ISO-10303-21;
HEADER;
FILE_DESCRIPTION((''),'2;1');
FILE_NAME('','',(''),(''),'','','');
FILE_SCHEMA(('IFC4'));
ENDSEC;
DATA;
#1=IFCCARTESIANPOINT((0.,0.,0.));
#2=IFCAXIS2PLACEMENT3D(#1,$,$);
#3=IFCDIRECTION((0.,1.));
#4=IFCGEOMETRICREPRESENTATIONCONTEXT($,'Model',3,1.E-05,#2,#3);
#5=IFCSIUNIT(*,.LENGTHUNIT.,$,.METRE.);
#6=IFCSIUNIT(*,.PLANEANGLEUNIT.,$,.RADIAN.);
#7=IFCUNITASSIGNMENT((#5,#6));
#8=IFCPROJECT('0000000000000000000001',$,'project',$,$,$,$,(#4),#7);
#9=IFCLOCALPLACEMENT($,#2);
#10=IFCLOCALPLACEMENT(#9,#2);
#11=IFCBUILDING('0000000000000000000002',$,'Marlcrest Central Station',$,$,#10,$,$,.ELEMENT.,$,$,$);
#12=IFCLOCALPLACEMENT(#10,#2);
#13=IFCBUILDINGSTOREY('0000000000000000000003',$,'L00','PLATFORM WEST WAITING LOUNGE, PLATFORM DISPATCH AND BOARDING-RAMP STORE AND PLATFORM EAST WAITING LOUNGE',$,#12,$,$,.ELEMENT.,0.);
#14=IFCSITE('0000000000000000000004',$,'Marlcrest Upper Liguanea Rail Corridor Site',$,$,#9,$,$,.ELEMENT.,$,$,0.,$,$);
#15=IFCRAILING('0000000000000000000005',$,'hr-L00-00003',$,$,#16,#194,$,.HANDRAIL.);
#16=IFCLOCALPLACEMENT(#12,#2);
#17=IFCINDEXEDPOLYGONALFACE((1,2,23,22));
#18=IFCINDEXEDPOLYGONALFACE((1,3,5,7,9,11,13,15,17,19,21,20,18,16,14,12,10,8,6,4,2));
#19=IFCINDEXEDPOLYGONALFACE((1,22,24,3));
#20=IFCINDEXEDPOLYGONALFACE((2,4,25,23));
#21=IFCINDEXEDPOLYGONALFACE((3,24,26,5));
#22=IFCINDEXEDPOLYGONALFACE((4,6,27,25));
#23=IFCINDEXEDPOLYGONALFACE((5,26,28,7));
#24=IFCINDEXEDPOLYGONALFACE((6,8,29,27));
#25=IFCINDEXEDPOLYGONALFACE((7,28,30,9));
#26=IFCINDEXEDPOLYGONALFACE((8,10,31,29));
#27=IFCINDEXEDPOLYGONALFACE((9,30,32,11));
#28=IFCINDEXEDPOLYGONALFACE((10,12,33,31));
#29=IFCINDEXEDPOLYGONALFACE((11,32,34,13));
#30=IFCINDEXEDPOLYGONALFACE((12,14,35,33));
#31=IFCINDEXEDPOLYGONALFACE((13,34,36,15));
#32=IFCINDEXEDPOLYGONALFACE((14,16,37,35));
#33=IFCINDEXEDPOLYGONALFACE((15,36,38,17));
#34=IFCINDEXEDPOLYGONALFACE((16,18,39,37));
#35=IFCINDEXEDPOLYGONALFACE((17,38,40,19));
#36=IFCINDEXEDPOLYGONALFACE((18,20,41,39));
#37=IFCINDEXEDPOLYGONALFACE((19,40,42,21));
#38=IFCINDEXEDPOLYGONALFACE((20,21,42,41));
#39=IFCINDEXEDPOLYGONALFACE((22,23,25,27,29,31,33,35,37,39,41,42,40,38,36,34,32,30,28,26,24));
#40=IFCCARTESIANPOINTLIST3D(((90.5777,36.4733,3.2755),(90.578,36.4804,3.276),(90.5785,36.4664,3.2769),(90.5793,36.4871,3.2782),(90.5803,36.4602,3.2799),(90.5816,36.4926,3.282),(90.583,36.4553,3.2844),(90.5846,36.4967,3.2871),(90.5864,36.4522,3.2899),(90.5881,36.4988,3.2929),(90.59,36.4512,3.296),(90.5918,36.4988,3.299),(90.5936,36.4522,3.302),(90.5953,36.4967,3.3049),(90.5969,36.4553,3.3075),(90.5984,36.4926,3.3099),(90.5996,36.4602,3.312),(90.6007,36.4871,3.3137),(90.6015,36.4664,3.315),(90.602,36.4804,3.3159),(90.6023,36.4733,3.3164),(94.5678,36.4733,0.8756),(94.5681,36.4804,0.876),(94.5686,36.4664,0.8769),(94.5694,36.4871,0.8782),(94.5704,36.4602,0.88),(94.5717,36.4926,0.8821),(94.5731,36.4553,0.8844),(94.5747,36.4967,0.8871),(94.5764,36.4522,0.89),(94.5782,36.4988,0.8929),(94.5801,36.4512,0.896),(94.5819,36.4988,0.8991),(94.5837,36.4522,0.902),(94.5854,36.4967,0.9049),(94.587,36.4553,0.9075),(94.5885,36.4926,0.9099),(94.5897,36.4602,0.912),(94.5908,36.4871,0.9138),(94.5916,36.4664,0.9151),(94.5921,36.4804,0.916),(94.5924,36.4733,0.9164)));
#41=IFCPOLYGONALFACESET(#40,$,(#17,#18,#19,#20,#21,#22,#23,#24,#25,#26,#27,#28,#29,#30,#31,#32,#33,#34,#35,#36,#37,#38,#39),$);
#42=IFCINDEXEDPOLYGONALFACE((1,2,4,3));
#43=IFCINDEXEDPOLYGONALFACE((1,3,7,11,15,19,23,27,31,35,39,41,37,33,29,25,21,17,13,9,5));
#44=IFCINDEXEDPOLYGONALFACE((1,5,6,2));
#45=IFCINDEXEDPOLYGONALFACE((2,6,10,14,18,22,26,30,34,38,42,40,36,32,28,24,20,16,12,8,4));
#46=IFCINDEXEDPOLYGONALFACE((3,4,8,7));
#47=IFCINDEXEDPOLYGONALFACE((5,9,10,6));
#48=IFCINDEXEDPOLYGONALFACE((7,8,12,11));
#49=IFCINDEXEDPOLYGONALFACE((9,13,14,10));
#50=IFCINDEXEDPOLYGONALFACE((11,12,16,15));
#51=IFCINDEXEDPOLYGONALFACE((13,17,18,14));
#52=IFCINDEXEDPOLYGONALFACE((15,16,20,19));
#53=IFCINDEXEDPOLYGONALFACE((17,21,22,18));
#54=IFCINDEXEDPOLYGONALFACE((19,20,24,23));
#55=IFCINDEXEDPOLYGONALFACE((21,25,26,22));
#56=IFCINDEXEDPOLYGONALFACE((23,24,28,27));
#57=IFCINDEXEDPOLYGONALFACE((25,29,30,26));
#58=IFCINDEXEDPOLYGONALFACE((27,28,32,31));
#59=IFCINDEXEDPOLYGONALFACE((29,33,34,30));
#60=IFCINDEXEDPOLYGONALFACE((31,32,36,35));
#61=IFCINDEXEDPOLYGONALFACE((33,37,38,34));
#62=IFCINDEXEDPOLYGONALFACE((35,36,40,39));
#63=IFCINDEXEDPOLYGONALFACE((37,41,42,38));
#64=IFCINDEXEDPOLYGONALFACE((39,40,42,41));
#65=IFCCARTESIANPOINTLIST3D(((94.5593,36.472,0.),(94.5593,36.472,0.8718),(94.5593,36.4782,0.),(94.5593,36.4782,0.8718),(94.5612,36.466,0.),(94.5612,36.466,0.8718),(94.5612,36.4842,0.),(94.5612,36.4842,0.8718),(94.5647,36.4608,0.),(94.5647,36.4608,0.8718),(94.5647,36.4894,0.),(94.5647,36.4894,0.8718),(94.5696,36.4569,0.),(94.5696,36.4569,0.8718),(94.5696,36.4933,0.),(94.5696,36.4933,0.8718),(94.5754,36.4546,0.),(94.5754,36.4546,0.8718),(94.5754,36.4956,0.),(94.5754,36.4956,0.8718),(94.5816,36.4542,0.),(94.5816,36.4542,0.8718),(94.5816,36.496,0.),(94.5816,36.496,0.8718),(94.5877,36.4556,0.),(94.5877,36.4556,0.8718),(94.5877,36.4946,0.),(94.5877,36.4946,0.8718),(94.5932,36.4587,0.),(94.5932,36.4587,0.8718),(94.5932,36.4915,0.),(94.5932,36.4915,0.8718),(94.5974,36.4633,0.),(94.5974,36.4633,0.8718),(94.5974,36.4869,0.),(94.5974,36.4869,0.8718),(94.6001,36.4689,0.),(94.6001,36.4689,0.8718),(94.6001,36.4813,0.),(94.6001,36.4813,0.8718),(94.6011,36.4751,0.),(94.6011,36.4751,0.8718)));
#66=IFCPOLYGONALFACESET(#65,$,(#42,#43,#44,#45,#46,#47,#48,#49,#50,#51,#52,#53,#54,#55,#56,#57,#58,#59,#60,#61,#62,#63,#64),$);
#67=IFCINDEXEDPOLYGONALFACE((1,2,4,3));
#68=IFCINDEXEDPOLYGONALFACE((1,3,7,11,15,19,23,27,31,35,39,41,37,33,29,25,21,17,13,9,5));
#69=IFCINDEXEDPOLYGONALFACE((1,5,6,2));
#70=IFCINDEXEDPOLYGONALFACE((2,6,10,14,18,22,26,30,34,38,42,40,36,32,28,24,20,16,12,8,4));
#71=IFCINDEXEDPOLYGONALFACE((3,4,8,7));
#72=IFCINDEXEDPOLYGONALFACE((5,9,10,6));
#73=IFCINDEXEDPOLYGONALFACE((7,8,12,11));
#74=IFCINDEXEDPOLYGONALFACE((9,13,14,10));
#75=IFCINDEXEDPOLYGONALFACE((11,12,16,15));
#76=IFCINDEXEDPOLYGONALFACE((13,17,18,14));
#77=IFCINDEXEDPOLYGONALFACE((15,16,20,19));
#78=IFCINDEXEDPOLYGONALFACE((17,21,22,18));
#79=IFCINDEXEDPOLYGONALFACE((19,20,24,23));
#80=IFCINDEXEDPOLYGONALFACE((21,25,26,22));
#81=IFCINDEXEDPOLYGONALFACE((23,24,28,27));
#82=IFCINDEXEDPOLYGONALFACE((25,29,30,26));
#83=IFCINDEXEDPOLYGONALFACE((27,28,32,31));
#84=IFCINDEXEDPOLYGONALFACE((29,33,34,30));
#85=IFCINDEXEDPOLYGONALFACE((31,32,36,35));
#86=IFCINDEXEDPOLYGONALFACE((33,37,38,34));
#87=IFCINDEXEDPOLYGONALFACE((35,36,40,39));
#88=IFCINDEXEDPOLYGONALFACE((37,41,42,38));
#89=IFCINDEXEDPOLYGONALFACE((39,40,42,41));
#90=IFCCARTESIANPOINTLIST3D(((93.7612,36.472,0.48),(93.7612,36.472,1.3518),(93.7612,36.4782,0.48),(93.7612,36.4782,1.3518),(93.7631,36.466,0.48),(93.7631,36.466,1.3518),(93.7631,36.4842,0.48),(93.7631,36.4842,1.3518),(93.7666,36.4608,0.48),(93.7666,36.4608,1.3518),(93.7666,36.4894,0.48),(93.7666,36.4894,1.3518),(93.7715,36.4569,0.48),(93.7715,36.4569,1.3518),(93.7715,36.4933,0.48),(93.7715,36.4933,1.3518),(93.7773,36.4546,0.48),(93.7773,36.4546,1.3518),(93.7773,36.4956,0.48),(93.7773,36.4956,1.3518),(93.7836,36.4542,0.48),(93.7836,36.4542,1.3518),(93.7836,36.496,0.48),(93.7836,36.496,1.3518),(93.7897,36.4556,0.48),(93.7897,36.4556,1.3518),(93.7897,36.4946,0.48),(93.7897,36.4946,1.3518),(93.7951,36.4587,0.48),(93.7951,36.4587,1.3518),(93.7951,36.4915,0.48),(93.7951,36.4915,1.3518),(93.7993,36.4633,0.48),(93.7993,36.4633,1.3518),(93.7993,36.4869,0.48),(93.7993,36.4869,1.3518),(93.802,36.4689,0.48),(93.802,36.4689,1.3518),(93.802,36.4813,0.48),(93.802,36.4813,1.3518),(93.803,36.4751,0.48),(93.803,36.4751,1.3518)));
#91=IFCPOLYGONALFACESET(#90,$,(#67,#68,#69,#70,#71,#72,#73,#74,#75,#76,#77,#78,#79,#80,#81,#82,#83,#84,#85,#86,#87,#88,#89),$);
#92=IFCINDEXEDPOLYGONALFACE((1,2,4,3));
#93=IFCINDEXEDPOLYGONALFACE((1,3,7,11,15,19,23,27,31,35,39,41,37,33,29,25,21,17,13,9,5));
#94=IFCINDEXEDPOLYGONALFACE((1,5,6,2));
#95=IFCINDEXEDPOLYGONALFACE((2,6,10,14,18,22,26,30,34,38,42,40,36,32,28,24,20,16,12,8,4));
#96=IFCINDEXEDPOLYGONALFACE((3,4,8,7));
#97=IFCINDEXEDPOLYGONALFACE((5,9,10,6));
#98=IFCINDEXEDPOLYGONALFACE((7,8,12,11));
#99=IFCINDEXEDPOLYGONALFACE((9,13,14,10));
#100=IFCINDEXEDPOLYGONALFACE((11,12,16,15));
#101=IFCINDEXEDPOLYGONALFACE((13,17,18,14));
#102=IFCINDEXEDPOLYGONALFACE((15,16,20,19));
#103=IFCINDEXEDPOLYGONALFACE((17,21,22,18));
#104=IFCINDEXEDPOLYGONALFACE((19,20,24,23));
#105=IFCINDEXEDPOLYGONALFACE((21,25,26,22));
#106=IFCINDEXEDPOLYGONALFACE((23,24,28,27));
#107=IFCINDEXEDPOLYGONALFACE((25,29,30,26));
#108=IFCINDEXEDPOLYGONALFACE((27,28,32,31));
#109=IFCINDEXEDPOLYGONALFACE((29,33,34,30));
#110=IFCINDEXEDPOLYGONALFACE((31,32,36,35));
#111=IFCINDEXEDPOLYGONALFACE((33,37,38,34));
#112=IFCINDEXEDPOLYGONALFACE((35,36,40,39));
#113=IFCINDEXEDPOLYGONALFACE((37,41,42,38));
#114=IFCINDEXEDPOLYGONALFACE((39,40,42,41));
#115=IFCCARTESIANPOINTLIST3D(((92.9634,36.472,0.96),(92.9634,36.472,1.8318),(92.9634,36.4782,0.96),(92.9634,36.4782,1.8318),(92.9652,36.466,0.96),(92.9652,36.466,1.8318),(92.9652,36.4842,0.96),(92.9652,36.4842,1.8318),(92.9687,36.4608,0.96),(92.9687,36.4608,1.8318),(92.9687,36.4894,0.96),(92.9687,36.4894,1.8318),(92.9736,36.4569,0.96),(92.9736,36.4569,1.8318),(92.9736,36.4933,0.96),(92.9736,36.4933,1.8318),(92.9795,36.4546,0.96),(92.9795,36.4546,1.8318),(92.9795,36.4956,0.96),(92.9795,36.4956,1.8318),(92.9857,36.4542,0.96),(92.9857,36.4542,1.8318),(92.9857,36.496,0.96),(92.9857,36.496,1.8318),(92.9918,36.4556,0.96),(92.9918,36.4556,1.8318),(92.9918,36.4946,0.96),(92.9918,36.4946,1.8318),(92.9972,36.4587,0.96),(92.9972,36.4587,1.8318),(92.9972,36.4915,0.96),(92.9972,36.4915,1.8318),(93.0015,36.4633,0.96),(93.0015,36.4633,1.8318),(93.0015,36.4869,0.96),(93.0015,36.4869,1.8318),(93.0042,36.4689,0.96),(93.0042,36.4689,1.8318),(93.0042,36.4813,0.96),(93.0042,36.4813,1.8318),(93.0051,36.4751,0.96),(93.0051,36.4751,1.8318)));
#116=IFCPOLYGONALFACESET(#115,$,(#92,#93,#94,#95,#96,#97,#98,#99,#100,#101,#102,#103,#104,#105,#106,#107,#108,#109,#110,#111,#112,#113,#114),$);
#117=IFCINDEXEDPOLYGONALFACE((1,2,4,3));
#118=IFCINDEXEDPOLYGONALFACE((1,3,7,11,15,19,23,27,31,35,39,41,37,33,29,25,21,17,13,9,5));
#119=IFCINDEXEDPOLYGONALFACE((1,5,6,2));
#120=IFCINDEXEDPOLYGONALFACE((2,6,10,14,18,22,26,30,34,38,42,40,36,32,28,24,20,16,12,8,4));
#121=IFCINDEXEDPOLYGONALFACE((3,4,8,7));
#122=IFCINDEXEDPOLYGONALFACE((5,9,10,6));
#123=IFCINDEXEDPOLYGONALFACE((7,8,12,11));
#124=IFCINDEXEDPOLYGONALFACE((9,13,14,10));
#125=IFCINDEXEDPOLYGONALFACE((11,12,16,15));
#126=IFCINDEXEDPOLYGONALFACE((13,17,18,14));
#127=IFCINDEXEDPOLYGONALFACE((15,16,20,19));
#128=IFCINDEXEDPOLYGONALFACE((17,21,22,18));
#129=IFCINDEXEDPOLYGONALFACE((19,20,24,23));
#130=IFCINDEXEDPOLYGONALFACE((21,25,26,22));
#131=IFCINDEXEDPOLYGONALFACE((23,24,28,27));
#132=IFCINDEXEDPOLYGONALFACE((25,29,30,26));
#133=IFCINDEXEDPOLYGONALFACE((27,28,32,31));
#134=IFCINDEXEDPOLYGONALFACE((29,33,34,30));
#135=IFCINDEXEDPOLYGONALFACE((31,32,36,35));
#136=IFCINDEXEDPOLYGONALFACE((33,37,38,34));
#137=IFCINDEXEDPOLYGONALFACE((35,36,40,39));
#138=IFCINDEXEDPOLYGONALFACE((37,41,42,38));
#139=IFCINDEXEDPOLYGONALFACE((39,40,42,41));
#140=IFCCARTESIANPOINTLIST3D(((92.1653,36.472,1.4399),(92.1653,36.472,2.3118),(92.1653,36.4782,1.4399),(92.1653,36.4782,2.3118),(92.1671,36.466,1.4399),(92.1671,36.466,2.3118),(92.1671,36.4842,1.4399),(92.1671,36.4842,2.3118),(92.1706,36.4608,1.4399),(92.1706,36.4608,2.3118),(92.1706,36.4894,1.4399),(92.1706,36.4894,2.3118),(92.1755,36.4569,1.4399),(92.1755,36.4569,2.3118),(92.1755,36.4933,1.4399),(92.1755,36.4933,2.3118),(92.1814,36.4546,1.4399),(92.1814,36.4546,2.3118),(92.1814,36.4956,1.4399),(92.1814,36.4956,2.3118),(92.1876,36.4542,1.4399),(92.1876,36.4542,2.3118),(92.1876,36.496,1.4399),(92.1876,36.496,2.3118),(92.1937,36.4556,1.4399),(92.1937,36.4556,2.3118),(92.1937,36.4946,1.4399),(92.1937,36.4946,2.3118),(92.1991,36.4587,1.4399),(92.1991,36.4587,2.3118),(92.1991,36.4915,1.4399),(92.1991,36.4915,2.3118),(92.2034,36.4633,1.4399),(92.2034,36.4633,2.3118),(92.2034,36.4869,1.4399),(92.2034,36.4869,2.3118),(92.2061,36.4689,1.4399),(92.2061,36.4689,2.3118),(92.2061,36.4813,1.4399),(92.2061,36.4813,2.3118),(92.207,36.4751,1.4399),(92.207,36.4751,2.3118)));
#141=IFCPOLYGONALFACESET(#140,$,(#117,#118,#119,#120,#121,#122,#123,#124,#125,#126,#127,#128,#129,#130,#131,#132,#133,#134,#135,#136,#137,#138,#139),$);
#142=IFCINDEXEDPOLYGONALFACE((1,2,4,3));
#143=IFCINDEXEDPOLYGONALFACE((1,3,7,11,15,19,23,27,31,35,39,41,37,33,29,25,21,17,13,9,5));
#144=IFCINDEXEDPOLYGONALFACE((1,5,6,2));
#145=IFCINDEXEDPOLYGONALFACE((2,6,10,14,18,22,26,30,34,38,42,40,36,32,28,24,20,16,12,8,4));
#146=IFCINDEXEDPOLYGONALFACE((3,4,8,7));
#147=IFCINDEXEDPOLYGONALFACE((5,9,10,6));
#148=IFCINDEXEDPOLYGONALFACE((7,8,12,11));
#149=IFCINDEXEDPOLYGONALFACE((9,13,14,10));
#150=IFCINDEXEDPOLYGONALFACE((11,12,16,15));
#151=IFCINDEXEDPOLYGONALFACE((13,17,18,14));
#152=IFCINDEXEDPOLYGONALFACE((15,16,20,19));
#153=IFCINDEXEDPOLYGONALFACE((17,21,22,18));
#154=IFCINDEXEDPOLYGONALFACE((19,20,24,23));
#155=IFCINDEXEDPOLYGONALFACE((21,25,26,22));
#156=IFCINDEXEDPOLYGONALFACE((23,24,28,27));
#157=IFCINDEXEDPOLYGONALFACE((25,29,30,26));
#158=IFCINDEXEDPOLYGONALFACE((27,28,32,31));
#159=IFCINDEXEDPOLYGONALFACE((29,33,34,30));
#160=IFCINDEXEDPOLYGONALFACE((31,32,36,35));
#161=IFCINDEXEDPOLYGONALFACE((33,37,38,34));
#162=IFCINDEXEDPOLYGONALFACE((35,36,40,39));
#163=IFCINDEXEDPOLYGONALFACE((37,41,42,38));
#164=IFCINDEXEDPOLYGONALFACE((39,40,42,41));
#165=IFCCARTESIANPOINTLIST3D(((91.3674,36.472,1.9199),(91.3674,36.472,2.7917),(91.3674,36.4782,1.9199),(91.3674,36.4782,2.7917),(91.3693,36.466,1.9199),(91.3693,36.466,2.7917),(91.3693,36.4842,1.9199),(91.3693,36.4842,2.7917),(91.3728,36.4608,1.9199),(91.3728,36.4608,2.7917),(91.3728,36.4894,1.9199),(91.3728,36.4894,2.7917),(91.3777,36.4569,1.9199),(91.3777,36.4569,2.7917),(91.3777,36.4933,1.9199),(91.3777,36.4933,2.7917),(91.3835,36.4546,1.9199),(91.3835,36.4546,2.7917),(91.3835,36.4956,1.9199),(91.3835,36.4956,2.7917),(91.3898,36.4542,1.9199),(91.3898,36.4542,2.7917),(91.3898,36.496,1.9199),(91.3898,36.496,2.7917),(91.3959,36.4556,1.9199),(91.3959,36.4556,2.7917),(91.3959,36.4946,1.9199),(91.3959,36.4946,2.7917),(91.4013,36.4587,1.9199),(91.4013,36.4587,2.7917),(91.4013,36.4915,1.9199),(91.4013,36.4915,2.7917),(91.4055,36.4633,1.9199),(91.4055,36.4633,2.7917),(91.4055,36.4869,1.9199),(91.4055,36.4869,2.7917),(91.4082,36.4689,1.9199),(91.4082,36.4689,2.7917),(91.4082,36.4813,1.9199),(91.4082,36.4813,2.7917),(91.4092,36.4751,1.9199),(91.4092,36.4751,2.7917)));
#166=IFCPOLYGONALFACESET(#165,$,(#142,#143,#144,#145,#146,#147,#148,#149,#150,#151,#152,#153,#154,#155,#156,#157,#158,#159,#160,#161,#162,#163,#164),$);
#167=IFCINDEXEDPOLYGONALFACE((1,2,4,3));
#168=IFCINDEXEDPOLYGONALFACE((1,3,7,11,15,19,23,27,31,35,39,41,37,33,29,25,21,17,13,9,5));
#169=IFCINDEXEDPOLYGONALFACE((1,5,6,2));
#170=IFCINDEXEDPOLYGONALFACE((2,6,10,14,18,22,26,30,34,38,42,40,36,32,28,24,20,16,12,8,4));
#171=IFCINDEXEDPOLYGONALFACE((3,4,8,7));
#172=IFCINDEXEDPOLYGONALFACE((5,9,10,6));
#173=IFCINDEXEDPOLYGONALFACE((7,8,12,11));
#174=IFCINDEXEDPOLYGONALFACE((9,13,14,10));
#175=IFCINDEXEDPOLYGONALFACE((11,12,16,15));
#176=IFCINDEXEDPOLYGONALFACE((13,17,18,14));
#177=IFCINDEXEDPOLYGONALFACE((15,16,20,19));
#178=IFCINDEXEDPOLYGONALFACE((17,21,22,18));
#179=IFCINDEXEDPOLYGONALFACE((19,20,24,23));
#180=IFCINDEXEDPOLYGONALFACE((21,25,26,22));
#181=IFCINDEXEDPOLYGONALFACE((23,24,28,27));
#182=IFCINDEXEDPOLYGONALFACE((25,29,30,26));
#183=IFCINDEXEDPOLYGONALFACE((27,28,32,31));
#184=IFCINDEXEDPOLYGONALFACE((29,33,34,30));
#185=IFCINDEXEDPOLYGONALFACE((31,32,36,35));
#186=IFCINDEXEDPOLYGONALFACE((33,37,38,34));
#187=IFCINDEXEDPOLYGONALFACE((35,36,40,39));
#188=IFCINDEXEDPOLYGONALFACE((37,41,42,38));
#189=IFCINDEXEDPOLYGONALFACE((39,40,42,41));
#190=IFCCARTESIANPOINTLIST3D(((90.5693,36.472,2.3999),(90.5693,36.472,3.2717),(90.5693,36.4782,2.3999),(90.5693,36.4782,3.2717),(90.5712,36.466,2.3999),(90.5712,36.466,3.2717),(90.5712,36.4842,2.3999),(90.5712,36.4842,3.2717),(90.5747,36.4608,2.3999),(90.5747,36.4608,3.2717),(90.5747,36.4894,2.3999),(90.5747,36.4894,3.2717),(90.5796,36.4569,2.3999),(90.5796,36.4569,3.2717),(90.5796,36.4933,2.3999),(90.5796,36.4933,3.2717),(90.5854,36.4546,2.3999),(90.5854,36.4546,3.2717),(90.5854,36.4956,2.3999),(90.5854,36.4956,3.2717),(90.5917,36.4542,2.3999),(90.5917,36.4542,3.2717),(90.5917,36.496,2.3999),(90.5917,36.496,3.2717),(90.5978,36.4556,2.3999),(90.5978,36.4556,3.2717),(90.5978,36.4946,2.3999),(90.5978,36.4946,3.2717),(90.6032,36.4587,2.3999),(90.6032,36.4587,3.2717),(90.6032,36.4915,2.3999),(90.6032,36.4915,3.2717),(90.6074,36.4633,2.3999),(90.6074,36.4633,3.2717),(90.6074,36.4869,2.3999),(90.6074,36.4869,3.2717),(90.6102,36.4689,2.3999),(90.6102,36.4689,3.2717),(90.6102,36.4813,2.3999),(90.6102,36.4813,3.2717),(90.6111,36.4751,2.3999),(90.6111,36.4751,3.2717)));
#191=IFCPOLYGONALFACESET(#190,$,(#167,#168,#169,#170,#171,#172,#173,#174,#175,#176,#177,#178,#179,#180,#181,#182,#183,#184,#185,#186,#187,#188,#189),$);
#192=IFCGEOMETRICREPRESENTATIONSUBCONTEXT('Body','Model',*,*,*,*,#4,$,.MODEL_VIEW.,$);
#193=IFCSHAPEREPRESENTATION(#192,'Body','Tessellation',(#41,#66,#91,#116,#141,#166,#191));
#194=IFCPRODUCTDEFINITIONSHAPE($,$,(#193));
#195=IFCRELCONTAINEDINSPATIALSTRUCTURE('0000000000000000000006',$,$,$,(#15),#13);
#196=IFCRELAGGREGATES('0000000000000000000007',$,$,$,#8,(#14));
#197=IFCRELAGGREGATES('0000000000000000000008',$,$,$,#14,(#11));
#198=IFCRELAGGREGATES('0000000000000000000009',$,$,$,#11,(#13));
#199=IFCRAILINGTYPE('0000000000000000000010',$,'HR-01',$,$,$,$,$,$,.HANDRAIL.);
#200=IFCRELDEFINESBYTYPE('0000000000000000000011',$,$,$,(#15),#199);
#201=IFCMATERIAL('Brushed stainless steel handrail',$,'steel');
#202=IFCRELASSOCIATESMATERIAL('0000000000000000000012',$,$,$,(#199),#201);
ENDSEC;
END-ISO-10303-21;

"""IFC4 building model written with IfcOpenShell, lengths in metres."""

from ifc_helpers import new_model, si_unit, direction, frame, origin, origin_2d, place, context, subcontext, project, spatial, circle, extrude, material, type_object, element, save


model = new_model("IFC4")

# Units and contexts
model_context = context("Model", 3, precision=1e-05, world=origin(), true_north=direction((0.0, 1.0)))
body_context = subcontext(model_context, "Body", "Model", "MODEL_VIEW")
ifc_project = project(units=[si_unit("LENGTHUNIT", "METRE"), si_unit("PLANEANGLEUNIT", "RADIAN")], contexts=[model_context])

# Site, building, storey
site_placement = place(None, origin())
site = spatial("IfcSite", under=ifc_project, at=site_placement, Name="Marlcrest Upper Liguanea Rail Corridor Site", CompositionType="ELEMENT", RefElevation=0.0)
building_placement = place(site_placement, origin())
building = spatial("IfcBuilding", under=site, at=building_placement, Name="Marlcrest Central Station", CompositionType="ELEMENT")
storey_placement = place(building_placement, origin())
storey = spatial("IfcBuildingStorey", under=building, at=storey_placement, Name="L00", Description="PLATFORM WEST WAITING LOUNGE, PLATFORM DISPATCH AND BOARDING-RAMP STORE AND PLATFORM EAST WAITING LOUNGE", CompositionType="ELEMENT", Elevation=0.0)

# Railing
ifc_material_1 = material(Name="Brushed stainless steel handrail", Category="steel")
railing_type = type_object("IfcRailingType", Name="HR-01", PredefinedType="HANDRAIL", material=ifc_material_1)
railing_1_placement = place(storey_placement, frame((94.5801, 36.4751, 0.0)))
element("IfcRailing", 1, at=railing_1_placement, inside=storey, type_object=railing_type, Name="hr-L00-00003", PredefinedType="HANDRAIL", context=body_context, shape_type="SweptSolid", body=[
    extrude(circle(Radius=0.0239, at=origin_2d()), frame((0.0, 0.0, 0.896), z_axis=(-0.856933, 0.0, 0.515428), x_axis=(0.0, -1.0, 0.0)), (0.0, 0.0, 1.0), 4.6562),
    extrude(circle(Radius=0.021, at=origin_2d()), origin(), (0.0, 0.0, 1.0), 0.8718),
    extrude(circle(Radius=0.021, at=origin_2d()), frame((-0.7981, 0.0, 0.48)), (0.0, 0.0, 1.0), 0.8718),
    extrude(circle(Radius=0.021, at=origin_2d()), frame((-1.5959, 0.0, 0.96)), (0.0, 0.0, 1.0), 0.8718),
    extrude(circle(Radius=0.021, at=origin_2d()), frame((-2.394, 0.0, 1.4399)), (0.0, 0.0, 1.0), 0.8718),
    extrude(circle(Radius=0.021, at=origin_2d()), frame((-3.1919, 0.0, 1.9199)), (0.0, 0.0, 1.0), 0.8718),
    extrude(circle(Radius=0.021, at=origin_2d()), frame((-3.99, 0.0, 2.3999)), (0.0, 0.0, 1.0), 0.8718),
])

save(model, "model.ifc")
